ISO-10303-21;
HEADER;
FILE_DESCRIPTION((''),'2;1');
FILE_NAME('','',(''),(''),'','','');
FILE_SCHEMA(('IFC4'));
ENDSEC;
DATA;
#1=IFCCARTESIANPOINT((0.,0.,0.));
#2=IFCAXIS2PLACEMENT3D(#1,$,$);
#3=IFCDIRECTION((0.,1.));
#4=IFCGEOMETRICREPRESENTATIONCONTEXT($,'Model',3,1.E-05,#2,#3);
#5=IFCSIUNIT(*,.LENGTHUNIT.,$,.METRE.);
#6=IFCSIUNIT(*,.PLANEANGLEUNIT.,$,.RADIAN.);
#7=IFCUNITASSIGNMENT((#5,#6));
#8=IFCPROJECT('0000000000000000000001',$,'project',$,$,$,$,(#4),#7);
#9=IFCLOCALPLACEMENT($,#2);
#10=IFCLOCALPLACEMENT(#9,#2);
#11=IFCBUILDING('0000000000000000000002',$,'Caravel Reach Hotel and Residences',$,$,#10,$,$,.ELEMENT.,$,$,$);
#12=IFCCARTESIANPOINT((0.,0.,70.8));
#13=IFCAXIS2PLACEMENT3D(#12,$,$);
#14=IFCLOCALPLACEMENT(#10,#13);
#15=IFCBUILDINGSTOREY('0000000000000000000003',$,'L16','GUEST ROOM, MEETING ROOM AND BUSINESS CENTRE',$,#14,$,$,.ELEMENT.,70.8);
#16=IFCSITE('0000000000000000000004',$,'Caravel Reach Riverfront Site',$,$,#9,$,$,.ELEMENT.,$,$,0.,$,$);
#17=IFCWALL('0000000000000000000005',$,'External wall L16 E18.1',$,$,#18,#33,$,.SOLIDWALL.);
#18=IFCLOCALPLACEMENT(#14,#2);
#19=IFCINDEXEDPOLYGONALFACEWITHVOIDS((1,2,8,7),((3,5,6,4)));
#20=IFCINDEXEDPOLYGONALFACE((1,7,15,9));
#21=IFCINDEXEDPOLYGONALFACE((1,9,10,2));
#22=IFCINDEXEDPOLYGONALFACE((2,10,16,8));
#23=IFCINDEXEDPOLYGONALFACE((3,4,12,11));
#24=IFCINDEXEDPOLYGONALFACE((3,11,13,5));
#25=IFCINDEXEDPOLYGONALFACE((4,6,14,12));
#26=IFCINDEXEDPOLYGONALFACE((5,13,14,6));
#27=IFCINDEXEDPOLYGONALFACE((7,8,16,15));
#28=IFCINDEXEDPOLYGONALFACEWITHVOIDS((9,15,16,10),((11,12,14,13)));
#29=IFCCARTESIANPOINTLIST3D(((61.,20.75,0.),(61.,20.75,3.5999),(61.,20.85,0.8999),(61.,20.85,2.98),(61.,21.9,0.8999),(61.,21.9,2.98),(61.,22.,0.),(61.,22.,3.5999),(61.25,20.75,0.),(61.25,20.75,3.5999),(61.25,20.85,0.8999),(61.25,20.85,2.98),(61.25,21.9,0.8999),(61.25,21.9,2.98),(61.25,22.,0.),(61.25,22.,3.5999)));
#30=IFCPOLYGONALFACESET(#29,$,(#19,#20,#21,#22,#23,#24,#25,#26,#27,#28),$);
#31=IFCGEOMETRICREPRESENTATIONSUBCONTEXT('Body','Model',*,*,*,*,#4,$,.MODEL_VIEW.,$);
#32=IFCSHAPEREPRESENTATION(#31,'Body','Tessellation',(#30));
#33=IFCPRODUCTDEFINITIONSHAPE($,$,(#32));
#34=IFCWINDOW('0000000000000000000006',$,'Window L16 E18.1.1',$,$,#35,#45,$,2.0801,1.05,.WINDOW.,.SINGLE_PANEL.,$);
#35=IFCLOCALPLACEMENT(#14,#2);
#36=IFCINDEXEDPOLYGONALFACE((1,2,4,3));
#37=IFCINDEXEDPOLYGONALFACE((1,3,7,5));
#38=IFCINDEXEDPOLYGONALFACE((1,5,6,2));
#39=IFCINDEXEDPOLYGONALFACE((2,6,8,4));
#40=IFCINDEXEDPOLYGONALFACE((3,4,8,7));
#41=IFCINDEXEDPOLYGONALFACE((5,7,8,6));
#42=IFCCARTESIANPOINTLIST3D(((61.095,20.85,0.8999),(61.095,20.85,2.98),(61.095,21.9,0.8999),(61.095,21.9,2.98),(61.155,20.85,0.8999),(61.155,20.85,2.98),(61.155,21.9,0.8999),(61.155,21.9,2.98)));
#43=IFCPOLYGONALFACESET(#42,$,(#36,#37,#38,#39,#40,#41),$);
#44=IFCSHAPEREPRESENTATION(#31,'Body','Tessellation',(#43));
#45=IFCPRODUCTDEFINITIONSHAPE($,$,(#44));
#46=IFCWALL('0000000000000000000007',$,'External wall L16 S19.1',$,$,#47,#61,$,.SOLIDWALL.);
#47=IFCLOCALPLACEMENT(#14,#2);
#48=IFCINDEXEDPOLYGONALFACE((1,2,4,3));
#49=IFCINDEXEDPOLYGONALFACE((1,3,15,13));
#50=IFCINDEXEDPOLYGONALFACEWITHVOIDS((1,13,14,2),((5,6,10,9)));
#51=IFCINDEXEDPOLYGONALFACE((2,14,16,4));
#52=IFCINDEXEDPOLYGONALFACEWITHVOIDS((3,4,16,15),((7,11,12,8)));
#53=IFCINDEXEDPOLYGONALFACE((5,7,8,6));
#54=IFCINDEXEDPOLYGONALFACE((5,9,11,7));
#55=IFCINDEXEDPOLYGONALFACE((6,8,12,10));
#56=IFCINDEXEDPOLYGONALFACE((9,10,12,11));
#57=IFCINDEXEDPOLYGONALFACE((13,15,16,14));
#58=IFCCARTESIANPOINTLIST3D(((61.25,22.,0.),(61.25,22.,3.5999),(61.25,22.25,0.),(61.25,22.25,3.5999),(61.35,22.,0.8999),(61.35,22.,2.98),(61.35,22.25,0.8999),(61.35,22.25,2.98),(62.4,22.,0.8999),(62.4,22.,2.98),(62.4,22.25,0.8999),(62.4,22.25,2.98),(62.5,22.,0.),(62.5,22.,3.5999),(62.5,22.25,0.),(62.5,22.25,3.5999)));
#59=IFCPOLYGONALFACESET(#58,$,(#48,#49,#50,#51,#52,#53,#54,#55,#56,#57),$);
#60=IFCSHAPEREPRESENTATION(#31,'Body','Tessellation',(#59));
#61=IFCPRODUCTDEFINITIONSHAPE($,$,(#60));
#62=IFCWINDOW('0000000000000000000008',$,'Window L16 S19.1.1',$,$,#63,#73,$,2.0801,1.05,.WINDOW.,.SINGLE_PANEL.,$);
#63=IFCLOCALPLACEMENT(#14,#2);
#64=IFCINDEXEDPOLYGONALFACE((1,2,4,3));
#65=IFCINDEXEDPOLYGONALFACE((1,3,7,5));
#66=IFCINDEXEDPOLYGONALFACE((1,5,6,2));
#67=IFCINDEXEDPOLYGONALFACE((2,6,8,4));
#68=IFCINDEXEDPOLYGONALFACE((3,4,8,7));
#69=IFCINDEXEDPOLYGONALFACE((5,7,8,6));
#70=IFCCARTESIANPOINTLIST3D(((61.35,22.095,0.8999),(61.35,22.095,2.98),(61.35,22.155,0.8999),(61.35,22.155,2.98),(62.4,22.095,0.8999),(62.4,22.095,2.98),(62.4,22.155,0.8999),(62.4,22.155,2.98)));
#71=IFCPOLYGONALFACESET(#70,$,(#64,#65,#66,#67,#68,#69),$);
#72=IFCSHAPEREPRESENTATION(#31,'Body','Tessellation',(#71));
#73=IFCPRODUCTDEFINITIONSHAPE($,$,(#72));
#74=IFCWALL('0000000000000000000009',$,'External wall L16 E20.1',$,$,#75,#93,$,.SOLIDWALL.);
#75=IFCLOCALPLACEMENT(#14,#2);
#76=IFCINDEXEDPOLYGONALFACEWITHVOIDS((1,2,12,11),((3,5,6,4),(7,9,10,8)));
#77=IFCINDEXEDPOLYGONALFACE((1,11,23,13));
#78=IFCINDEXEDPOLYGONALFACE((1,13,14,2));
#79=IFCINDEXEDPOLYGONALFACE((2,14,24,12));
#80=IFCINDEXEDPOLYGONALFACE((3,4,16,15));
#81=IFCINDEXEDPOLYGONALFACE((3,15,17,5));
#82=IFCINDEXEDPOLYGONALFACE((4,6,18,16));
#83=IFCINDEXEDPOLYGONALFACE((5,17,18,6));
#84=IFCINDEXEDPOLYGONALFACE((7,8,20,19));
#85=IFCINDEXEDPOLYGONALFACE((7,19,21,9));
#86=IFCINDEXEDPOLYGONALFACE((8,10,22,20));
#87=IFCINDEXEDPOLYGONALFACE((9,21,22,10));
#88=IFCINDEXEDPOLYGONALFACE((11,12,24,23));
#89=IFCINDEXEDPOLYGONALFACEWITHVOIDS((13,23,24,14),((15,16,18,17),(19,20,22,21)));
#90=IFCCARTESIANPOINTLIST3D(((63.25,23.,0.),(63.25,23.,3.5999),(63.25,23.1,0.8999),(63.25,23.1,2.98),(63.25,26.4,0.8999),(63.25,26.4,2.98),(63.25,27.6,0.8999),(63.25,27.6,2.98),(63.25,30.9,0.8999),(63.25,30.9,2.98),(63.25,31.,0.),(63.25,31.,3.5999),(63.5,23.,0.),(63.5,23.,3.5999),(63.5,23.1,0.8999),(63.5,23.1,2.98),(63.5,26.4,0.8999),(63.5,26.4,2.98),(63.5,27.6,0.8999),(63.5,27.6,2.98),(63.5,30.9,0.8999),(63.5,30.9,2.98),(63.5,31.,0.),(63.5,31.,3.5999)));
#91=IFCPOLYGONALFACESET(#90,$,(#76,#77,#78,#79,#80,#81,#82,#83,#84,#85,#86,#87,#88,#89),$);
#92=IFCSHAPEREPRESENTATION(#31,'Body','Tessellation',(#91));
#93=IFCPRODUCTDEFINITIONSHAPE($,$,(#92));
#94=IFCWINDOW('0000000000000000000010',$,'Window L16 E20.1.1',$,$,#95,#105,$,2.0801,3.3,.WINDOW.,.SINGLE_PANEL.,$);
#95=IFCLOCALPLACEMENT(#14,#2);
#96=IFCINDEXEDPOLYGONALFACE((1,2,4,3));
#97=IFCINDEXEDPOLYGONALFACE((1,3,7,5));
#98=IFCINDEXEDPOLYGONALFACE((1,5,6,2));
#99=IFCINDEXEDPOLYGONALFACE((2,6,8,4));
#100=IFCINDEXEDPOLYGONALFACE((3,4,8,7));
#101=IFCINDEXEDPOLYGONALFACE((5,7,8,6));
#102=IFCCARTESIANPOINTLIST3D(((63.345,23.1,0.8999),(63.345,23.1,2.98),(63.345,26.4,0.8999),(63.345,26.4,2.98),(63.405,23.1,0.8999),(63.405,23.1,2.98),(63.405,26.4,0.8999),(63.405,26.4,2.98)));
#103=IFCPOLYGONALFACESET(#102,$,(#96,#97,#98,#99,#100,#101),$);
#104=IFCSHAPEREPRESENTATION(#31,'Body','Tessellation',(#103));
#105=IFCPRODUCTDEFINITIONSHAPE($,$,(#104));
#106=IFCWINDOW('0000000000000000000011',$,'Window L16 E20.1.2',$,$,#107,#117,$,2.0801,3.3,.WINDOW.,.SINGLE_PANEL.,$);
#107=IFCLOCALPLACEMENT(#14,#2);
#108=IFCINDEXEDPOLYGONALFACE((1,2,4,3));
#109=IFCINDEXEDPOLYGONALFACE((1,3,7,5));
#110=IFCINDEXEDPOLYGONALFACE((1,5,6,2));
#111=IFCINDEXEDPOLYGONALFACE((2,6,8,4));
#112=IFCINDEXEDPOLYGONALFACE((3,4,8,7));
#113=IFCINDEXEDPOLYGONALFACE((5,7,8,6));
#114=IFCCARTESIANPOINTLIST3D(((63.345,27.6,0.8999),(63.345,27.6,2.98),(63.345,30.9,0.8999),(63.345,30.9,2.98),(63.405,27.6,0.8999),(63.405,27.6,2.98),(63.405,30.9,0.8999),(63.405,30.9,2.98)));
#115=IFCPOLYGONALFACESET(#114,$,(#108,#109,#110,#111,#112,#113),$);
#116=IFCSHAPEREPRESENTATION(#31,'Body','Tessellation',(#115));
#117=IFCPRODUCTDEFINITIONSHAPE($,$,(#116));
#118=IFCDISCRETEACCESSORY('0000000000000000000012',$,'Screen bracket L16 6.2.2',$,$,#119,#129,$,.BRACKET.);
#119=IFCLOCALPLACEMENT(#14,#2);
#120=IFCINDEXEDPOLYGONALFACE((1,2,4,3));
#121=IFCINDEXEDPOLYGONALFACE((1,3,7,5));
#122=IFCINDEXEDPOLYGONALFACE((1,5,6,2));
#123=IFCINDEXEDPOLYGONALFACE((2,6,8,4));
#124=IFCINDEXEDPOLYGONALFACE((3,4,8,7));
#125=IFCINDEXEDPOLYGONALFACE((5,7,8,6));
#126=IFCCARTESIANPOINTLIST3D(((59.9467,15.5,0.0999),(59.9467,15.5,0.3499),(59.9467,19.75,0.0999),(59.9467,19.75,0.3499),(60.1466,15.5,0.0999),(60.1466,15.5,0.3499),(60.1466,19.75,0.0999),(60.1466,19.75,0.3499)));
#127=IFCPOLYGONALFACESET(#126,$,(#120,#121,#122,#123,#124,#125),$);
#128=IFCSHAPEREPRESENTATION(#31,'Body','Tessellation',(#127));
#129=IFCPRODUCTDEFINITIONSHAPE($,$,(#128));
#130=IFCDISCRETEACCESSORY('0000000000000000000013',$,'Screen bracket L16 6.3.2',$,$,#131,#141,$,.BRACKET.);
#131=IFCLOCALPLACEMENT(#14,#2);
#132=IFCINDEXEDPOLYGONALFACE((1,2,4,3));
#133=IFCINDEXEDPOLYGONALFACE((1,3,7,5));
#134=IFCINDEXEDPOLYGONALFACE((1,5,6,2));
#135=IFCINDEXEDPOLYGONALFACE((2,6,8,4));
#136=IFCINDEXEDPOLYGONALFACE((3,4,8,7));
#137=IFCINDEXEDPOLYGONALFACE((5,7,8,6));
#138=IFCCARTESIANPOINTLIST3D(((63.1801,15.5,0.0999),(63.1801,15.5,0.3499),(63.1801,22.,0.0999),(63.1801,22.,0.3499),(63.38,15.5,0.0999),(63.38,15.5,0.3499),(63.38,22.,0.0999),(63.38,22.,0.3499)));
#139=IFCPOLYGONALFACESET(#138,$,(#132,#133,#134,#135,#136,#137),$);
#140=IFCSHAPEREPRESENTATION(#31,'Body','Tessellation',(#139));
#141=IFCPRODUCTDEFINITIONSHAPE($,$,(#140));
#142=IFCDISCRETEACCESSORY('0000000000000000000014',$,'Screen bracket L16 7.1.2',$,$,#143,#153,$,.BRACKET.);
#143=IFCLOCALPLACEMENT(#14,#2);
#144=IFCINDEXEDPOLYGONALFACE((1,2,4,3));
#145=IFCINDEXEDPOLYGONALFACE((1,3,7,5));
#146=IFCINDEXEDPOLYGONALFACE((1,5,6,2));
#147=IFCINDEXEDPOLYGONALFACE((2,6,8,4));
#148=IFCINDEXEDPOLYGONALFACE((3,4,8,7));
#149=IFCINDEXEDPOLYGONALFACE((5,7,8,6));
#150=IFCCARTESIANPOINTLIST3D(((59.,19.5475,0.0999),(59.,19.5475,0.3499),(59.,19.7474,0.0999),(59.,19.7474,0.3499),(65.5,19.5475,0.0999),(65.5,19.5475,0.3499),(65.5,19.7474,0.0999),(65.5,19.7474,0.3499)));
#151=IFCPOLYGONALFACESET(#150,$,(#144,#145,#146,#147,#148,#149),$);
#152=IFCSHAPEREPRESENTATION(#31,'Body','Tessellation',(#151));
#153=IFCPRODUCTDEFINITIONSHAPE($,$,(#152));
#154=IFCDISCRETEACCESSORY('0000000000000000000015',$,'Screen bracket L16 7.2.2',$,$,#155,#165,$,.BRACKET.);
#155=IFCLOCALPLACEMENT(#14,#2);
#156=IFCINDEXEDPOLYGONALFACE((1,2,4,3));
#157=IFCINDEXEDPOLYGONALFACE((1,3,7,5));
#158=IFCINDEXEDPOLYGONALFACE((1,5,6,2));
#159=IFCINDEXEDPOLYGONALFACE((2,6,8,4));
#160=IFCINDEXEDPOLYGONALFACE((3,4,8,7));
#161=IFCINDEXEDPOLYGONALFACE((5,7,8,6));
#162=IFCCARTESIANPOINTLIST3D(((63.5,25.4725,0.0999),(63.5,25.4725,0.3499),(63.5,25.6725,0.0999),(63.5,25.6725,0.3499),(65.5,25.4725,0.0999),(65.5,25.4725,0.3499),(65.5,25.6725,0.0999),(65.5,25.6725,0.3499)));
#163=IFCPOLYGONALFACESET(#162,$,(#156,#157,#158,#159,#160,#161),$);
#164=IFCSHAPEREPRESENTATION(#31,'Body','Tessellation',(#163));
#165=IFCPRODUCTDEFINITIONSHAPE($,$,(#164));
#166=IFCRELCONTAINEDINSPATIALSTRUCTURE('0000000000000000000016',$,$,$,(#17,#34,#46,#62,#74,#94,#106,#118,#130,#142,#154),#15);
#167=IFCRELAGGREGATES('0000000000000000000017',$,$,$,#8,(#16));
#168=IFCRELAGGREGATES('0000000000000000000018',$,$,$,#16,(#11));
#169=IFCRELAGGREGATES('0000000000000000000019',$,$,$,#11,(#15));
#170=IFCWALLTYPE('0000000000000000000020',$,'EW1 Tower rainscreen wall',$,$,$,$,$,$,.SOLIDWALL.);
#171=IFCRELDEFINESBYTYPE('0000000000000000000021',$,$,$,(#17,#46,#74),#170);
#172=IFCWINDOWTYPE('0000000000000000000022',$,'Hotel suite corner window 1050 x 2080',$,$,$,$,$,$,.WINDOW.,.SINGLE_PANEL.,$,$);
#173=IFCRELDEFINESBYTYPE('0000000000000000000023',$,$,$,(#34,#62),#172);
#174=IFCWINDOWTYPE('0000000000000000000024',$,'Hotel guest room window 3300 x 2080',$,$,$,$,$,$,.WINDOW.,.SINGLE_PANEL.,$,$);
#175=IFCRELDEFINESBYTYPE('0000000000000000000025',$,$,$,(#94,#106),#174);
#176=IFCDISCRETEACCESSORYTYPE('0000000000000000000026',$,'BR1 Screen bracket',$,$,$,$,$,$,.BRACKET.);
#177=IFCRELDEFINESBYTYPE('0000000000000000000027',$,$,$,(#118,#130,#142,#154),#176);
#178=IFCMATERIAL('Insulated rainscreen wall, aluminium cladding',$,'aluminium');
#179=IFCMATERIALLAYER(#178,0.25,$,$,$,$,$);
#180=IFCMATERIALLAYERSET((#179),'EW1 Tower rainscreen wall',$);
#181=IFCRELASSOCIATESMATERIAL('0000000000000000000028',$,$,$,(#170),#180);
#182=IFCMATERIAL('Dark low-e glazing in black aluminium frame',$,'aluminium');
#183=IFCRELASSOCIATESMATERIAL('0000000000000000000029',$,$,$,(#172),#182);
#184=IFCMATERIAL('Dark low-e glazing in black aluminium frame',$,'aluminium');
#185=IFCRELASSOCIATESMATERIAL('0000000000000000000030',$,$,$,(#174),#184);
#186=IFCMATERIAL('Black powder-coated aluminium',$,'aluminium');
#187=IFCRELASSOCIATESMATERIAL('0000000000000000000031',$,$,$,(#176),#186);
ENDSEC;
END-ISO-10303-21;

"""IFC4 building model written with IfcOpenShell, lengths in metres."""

from ifc_helpers import new_model, si_unit, direction, frame, frame_2d, origin, origin_2d, place, context, subcontext, project, spatial, rectangle, extrude, material, layer, layer_set, type_object, element, fill, save


model = new_model("IFC4")

# Units and contexts
model_context = context("Model", 3, precision=1e-05, world=origin(), true_north=direction((0.0, 1.0)))
body_context = subcontext(model_context, "Body", "Model", "MODEL_VIEW")
ifc_project = project(units=[si_unit("LENGTHUNIT", "METRE"), si_unit("PLANEANGLEUNIT", "RADIAN")], contexts=[model_context])

# Site, building, storey
site_placement = place(None, origin())
site = spatial("IfcSite", under=ifc_project, at=site_placement, Name="Caravel Reach Riverfront Site", CompositionType="ELEMENT", RefElevation=0.0)
building_placement = place(site_placement, origin())
building = spatial("IfcBuilding", under=site, at=building_placement, Name="Caravel Reach Hotel and Residences", CompositionType="ELEMENT")
storey_placement = place(building_placement, frame((0.0, 0.0, 70.8)))
storey = spatial("IfcBuildingStorey", under=building, at=storey_placement, Name="L16", Description="GUEST ROOM, MEETING ROOM AND BUSINESS CENTRE", CompositionType="ELEMENT", Elevation=70.8)

# Walls, openings, windows
ifc_material_1 = material(Name="Insulated rainscreen wall, aluminium cladding", Category="aluminium")
ifc_layer = layer(ifc_material_1, 0.25)
ifc_layer_set = layer_set([ifc_layer], Name="EW1 Tower rainscreen wall")
wall_type = type_object("IfcWallType", Name="EW1 Tower rainscreen wall", PredefinedType="SOLIDWALL", material=ifc_layer_set)
wall_1_placement = place(storey_placement, frame((61.125, 20.75, 0.0), z_axis=(0.0, 0.0, 1.0), x_axis=(0.0, 1.0, 0.0)))
wall_1 = element("IfcWall", 1, at=wall_1_placement, inside=storey, type_object=wall_type, Name="External wall L16 E18.1", PredefinedType="SOLIDWALL", context=body_context, shape_type="SweptSolid", body=[
    extrude(rectangle(XDim=1.25, YDim=0.25, at=frame_2d((0.625, 0.0))), origin(), (0.0, 0.0, 1.0), 3.5999),
])
opening_1_placement = place(wall_1_placement, frame((0.1001, 0.0, 0.8999)))
opening_1 = element("IfcOpeningElement", 2, at=opening_1_placement, cuts=wall_1, PredefinedType="OPENING", context=body_context, shape_type="SweptSolid", body=[
    extrude(rectangle(XDim=1.05, YDim=2.0801, at=frame_2d((0.5249, 1.04))), frame((0.0, 0.135, 0.0), z_axis=(0.0, -1.0, 0.0), x_axis=(1.0, 0.0, 0.0)), (0.0, 0.0, 1.0), 0.27),
])
ifc_material_2 = material(Name="Dark low-e glazing in black aluminium frame", Category="aluminium")
window_type_1 = type_object("IfcWindowType", Name="Hotel suite corner window 1050 x 2080", PartitioningType="SINGLE_PANEL", PredefinedType="WINDOW", material=ifc_material_2)
window_1_placement = place(opening_1_placement, origin())
window_1 = element("IfcWindow", 3, at=window_1_placement, inside=storey, type_object=window_type_1, Name="Window L16 E18.1.1", OverallHeight=2.0801, OverallWidth=1.05, PartitioningType="SINGLE_PANEL", PredefinedType="WINDOW", context=body_context, shape_type="SweptSolid", body=[
    extrude(rectangle(XDim=1.05, YDim=2.0801, at=frame_2d((0.5249, 1.04))), frame((0.0, 0.03, 0.0), z_axis=(0.0, -1.0, 0.0), x_axis=(1.0, 0.0, 0.0)), (0.0, 0.0, 1.0), 0.0601),
])
fill(opening_1, window_1)
wall_2_placement = place(storey_placement, frame((61.25, 22.125, 0.0), z_axis=(0.0, 0.0, 1.0), x_axis=(1.0, 0.0, 0.0)))
wall_2 = element("IfcWall", 4, at=wall_2_placement, inside=storey, type_object=wall_type, Name="External wall L16 S19.1", PredefinedType="SOLIDWALL", context=body_context, shape_type="SweptSolid", body=[
    extrude(rectangle(XDim=1.25, YDim=0.25, at=frame_2d((0.625, 0.0))), origin(), (0.0, 0.0, 1.0), 3.5999),
])
opening_2_placement = place(wall_2_placement, frame((0.1001, 0.0, 0.8999)))
opening_2 = element("IfcOpeningElement", 5, at=opening_2_placement, cuts=wall_2, PredefinedType="OPENING", context=body_context, shape_type="SweptSolid", body=[
    extrude(rectangle(XDim=1.05, YDim=2.0801, at=frame_2d((0.5249, 1.04))), frame((0.0, 0.135, 0.0), z_axis=(0.0, -1.0, 0.0), x_axis=(1.0, 0.0, 0.0)), (0.0, 0.0, 1.0), 0.27),
])
window_2_placement = place(opening_2_placement, origin())
window_2 = element("IfcWindow", 6, at=window_2_placement, inside=storey, type_object=window_type_1, Name="Window L16 S19.1.1", OverallHeight=2.0801, OverallWidth=1.05, PartitioningType="SINGLE_PANEL", PredefinedType="WINDOW", context=body_context, shape_type="SweptSolid", body=[
    extrude(rectangle(XDim=1.05, YDim=2.0801, at=frame_2d((0.5249, 1.04))), frame((0.0, 0.03, 0.0), z_axis=(0.0, -1.0, 0.0), x_axis=(1.0, 0.0, 0.0)), (0.0, 0.0, 1.0), 0.0601),
])
fill(opening_2, window_2)

# Wall, openings, windows
wall_3_placement = place(storey_placement, frame((63.375, 23.0, 0.0), z_axis=(0.0, 0.0, 1.0), x_axis=(0.0, 1.0, 0.0)))
wall_3 = element("IfcWall", 7, at=wall_3_placement, inside=storey, type_object=wall_type, Name="External wall L16 E20.1", PredefinedType="SOLIDWALL", context=body_context, shape_type="SweptSolid", body=[
    extrude(rectangle(XDim=8.0, YDim=0.25, at=frame_2d((4.0, 0.0))), origin(), (0.0, 0.0, 1.0), 3.5999),
])
opening_3_placement = place(wall_3_placement, frame((0.1001, 0.0, 0.8999)))
opening_3 = element("IfcOpeningElement", 8, at=opening_3_placement, cuts=wall_3, PredefinedType="OPENING", context=body_context, shape_type="SweptSolid", body=[
    extrude(rectangle(XDim=3.3, YDim=2.0801, at=frame_2d((1.6499, 1.04))), frame((0.0, 0.135, 0.0), z_axis=(0.0, -1.0, 0.0), x_axis=(1.0, 0.0, 0.0)), (0.0, 0.0, 1.0), 0.27),
])
opening_4_placement = place(wall_3_placement, frame((4.6001, 0.0, 0.8999)))
opening_4 = element("IfcOpeningElement", 9, at=opening_4_placement, cuts=wall_3, PredefinedType="OPENING", context=body_context, shape_type="SweptSolid", body=[
    extrude(rectangle(XDim=3.3, YDim=2.0801, at=frame_2d((1.6499, 1.04))), frame((0.0, 0.135, 0.0), z_axis=(0.0, -1.0, 0.0), x_axis=(1.0, 0.0, 0.0)), (0.0, 0.0, 1.0), 0.27),
])
ifc_material_3 = material(Name="Dark low-e glazing in black aluminium frame", Category="aluminium")
window_type_2 = type_object("IfcWindowType", Name="Hotel guest room window 3300 x 2080", PartitioningType="SINGLE_PANEL", PredefinedType="WINDOW", material=ifc_material_3)
window_3_placement = place(opening_3_placement, origin())
window_3 = element("IfcWindow", 10, at=window_3_placement, inside=storey, type_object=window_type_2, Name="Window L16 E20.1.1", OverallHeight=2.0801, OverallWidth=3.3, PartitioningType="SINGLE_PANEL", PredefinedType="WINDOW", context=body_context, shape_type="SweptSolid", body=[
    extrude(rectangle(XDim=3.3, YDim=2.0801, at=frame_2d((1.6499, 1.04))), frame((0.0, 0.03, 0.0), z_axis=(0.0, -1.0, 0.0), x_axis=(1.0, 0.0, 0.0)), (0.0, 0.0, 1.0), 0.0601),
])
fill(opening_3, window_3)
window_4_placement = place(opening_4_placement, origin())
window_4 = element("IfcWindow", 11, at=window_4_placement, inside=storey, type_object=window_type_2, Name="Window L16 E20.1.2", OverallHeight=2.0801, OverallWidth=3.3, PartitioningType="SINGLE_PANEL", PredefinedType="WINDOW", context=body_context, shape_type="SweptSolid", body=[
    extrude(rectangle(XDim=3.3, YDim=2.0801, at=frame_2d((1.6499, 1.04))), frame((0.0, 0.03, 0.0), z_axis=(0.0, -1.0, 0.0), x_axis=(1.0, 0.0, 0.0)), (0.0, 0.0, 1.0), 0.0601),
])
fill(opening_4, window_4)

# Discrete accessories
ifc_material_4 = material(Name="Black powder-coated aluminium", Category="aluminium")
discrete_accessory_type = type_object("IfcDiscreteAccessoryType", Name="BR1 Screen bracket", PredefinedType="BRACKET", material=ifc_material_4)
discrete_accessory_1_placement = place(storey_placement, frame((60.0466, 17.625, 0.0999), z_axis=(0.0, 0.0, 1.0), x_axis=(0.0, -1.0, 0.0)))
element("IfcDiscreteAccessory", 12, at=discrete_accessory_1_placement, inside=storey, type_object=discrete_accessory_type, Name="Screen bracket L16 6.2.2", PredefinedType="BRACKET", context=body_context, shape_type="SweptSolid", body=[
    extrude(rectangle(XDim=4.25, YDim=0.2, at=origin_2d()), origin(), (0.0, 0.0, 1.0), 0.25),
])
for number, where, z_axis, x_axis, name in (
    (13, (63.28, 18.75, 0.0999), (0.0, 0.0, 1.0), (0.0, -1.0, 0.0), "Screen bracket L16 6.3.2"),
    (14, (62.25, 19.6475, 0.0999), (0.0, 0.0, 1.0), (1.0, 0.0, 0.0), "Screen bracket L16 7.1.2"),
):
    element("IfcDiscreteAccessory", number, at=place(storey_placement, frame(where, z_axis=z_axis, x_axis=x_axis)), inside=storey, type_object=discrete_accessory_type, Name=name, PredefinedType="BRACKET", context=body_context, shape_type="SweptSolid", body=[
        extrude(rectangle(XDim=6.5, YDim=0.2, at=origin_2d()), origin(), (0.0, 0.0, 1.0), 0.25),
    ])
discrete_accessory_2_placement = place(storey_placement, frame((64.5, 25.5725, 0.0999), z_axis=(0.0, 0.0, 1.0), x_axis=(1.0, 0.0, 0.0)))
element("IfcDiscreteAccessory", 15, at=discrete_accessory_2_placement, inside=storey, type_object=discrete_accessory_type, Name="Screen bracket L16 7.2.2", PredefinedType="BRACKET", context=body_context, shape_type="SweptSolid", body=[
    extrude(rectangle(XDim=2.0, YDim=0.2, at=origin_2d()), origin(), (0.0, 0.0, 1.0), 0.25),
])

save(model, "model.ifc")
